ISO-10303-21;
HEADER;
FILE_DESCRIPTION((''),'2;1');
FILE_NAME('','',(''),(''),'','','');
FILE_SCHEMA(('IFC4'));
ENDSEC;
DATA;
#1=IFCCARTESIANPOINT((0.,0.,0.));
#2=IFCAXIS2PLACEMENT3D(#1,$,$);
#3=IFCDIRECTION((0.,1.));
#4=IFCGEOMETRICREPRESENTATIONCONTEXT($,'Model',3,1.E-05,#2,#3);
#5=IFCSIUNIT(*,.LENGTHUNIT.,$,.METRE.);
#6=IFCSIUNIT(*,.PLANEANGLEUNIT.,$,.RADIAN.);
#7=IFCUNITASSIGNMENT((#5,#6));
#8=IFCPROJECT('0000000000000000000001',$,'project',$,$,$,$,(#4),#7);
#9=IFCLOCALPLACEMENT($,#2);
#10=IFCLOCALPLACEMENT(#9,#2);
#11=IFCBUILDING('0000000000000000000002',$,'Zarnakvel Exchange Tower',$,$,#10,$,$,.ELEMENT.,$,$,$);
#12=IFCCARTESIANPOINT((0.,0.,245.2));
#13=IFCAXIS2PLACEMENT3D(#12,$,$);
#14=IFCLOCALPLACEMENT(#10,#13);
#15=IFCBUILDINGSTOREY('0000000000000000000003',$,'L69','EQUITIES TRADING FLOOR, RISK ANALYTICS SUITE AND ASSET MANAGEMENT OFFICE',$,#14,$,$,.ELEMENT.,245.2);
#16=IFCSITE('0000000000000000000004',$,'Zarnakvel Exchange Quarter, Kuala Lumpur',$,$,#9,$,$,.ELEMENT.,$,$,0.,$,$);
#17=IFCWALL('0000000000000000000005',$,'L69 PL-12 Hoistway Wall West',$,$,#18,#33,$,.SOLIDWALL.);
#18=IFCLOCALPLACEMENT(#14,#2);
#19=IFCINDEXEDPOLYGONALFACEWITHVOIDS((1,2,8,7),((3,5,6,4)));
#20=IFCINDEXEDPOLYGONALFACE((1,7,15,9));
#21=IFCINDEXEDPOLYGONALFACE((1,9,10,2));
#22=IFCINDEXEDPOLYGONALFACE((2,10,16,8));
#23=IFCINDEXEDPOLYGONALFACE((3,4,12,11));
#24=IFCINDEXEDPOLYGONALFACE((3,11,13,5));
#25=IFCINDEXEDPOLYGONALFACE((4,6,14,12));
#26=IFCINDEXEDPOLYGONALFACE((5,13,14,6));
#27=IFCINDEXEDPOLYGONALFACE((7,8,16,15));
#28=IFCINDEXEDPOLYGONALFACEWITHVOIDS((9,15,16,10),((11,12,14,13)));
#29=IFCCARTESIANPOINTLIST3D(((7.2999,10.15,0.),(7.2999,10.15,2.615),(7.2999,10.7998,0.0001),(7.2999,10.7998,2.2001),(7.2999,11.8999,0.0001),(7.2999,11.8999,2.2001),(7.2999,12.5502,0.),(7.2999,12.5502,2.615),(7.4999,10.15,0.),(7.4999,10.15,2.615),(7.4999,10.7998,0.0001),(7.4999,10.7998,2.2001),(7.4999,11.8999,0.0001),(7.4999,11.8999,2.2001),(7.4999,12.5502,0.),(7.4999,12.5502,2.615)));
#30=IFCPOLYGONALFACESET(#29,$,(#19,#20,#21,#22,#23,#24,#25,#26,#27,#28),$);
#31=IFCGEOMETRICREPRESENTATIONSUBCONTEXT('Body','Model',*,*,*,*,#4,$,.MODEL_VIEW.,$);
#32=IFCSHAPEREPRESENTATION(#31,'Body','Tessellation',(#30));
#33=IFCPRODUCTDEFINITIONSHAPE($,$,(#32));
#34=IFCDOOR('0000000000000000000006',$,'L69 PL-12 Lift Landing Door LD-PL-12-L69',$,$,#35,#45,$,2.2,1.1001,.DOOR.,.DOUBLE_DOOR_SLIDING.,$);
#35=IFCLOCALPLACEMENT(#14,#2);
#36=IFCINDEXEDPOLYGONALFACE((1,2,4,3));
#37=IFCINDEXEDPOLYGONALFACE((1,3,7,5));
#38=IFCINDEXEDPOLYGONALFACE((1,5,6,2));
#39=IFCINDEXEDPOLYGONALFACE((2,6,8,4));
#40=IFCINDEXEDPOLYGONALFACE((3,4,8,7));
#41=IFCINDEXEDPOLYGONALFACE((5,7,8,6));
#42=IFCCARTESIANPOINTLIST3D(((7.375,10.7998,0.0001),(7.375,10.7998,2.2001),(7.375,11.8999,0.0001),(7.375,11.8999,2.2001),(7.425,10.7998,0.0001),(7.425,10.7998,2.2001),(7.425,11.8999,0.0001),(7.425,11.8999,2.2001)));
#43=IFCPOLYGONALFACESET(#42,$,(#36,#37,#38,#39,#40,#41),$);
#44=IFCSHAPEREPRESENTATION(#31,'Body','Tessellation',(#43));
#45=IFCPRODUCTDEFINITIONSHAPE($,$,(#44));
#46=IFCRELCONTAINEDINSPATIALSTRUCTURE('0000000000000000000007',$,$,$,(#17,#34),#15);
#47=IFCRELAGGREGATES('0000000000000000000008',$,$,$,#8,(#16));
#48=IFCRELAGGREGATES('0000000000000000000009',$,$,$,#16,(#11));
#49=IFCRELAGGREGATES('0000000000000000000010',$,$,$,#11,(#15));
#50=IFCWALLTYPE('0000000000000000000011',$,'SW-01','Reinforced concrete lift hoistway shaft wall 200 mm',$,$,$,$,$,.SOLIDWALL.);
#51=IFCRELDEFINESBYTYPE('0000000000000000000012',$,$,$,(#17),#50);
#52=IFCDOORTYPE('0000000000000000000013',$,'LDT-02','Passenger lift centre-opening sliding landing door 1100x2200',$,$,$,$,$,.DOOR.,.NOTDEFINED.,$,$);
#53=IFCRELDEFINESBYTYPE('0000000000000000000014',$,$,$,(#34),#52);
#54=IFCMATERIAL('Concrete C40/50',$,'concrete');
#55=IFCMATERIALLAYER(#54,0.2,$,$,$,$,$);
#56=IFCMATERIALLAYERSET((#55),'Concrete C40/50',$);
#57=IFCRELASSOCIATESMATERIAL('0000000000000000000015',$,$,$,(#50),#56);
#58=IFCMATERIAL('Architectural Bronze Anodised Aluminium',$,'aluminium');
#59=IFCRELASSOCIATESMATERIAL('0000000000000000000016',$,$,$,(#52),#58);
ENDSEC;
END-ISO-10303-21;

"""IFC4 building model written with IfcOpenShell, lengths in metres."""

from ifc_helpers import new_model, si_unit, direction, frame, frame_2d, origin, place, context, subcontext, project, spatial, rectangle, extrude, source, transform, mapped, material, layer, layer_set, type_object, element, fill, save


model = new_model("IFC4")

# Units and contexts
model_context = context("Model", 3, precision=1e-05, world=origin(), true_north=direction((0.0, 1.0)))
body_context = subcontext(model_context, "Body", "Model", "MODEL_VIEW")
ifc_project = project(units=[si_unit("LENGTHUNIT", "METRE"), si_unit("PLANEANGLEUNIT", "RADIAN")], contexts=[model_context])

# Site, building, storey
site_placement = place(None, origin())
site = spatial("IfcSite", under=ifc_project, at=site_placement, Name="Zarnakvel Exchange Quarter, Kuala Lumpur", CompositionType="ELEMENT", RefElevation=0.0)
building_placement = place(site_placement, origin())
building = spatial("IfcBuilding", under=site, at=building_placement, Name="Zarnakvel Exchange Tower", CompositionType="ELEMENT")
storey_placement = place(building_placement, frame((0.0, 0.0, 245.2)))
storey = spatial("IfcBuildingStorey", under=building, at=storey_placement, Name="L69", Description="EQUITIES TRADING FLOOR, RISK ANALYTICS SUITE AND ASSET MANAGEMENT OFFICE", CompositionType="ELEMENT", Elevation=245.2)

# Shared definitions
ifc_material_1 = material(Name="Architectural Bronze Anodised Aluminium", Category="aluminium")

# Shared definitions
ifc_material_2 = material(Name="Concrete C40/50", Category="concrete")
ifc_layer_1 = layer(ifc_material_2, 0.2)
ifc_layer_set_1 = layer_set([ifc_layer_1], Name="Concrete C40/50")
wall_type_1 = type_object("IfcWallType", Name="SW-01", Description="Reinforced concrete lift hoistway shaft wall 200 mm", PredefinedType="SOLIDWALL", material=ifc_layer_set_1)

# Wall, opening, door
wall_1_placement = place(storey_placement, frame((7.3999, 10.1499, 0.0), z_axis=(0.0, 0.0, 1.0), x_axis=(0.0, 1.0, 0.0)))
wall_1 = element("IfcWall", 1, at=wall_1_placement, inside=storey, type_object=wall_type_1, Name="L69 PL-12 Hoistway Wall West", PredefinedType="SOLIDWALL", context=body_context, shape_type="SweptSolid", body=[
    extrude(rectangle(XDim=2.4001, YDim=0.2, at=frame_2d((1.2002, 0.0))), origin(), (0.0, 0.0, 1.0), 2.615),
])
opening_1_placement = place(wall_1_placement, frame((0.6499, 0.0, 0.0)))
opening_1 = element("IfcOpeningElement", 2, at=opening_1_placement, cuts=wall_1, PredefinedType="OPENING", context=body_context, shape_type="SweptSolid", body=[
    extrude(rectangle(XDim=1.1001, YDim=2.2, at=frame_2d((0.55, 1.1001))), frame((0.0, 0.1099, 0.0), z_axis=(0.0, -1.0, 0.0), x_axis=(1.0, 0.0, 0.0)), (0.0, 0.0, 1.0), 0.22),
])
door_type_1 = type_object("IfcDoorType", Name="LDT-02", Description="Passenger lift centre-opening sliding landing door 1100x2200", OperationType="NOTDEFINED", PredefinedType="DOOR", material=ifc_material_1)
shared_shape_1 = source(origin(), body_context, "Body", "SweptSolid", [
    extrude(rectangle(XDim=1.1001, YDim=2.2, at=frame_2d((0.55, 1.1001))), frame((0.0, 0.0249, 0.0), z_axis=(0.0, -1.0, 0.0), x_axis=(1.0, 0.0, 0.0)), (0.0, 0.0, 1.0), 0.05),
])
door_1_placement = place(opening_1_placement, origin())
door_1 = element("IfcDoor", 3, at=door_1_placement, inside=storey, type_object=door_type_1, Name="L69 PL-12 Lift Landing Door LD-PL-12-L69", OperationType="DOUBLE_DOOR_SLIDING", OverallHeight=2.2, OverallWidth=1.1001, PredefinedType="DOOR", context=body_context, shape_type="MappedRepresentation", body=[
    mapped(shared_shape_1, transform((0.0, 0.0, 0.0), x_axis=(1.0, 0.0, 0.0), y_axis=(0.0, 1.0, 0.0), z_axis=(0.0, 0.0, 1.0), scale=1.0)),
])
fill(opening_1, door_1)

save(model, "model.ifc")
